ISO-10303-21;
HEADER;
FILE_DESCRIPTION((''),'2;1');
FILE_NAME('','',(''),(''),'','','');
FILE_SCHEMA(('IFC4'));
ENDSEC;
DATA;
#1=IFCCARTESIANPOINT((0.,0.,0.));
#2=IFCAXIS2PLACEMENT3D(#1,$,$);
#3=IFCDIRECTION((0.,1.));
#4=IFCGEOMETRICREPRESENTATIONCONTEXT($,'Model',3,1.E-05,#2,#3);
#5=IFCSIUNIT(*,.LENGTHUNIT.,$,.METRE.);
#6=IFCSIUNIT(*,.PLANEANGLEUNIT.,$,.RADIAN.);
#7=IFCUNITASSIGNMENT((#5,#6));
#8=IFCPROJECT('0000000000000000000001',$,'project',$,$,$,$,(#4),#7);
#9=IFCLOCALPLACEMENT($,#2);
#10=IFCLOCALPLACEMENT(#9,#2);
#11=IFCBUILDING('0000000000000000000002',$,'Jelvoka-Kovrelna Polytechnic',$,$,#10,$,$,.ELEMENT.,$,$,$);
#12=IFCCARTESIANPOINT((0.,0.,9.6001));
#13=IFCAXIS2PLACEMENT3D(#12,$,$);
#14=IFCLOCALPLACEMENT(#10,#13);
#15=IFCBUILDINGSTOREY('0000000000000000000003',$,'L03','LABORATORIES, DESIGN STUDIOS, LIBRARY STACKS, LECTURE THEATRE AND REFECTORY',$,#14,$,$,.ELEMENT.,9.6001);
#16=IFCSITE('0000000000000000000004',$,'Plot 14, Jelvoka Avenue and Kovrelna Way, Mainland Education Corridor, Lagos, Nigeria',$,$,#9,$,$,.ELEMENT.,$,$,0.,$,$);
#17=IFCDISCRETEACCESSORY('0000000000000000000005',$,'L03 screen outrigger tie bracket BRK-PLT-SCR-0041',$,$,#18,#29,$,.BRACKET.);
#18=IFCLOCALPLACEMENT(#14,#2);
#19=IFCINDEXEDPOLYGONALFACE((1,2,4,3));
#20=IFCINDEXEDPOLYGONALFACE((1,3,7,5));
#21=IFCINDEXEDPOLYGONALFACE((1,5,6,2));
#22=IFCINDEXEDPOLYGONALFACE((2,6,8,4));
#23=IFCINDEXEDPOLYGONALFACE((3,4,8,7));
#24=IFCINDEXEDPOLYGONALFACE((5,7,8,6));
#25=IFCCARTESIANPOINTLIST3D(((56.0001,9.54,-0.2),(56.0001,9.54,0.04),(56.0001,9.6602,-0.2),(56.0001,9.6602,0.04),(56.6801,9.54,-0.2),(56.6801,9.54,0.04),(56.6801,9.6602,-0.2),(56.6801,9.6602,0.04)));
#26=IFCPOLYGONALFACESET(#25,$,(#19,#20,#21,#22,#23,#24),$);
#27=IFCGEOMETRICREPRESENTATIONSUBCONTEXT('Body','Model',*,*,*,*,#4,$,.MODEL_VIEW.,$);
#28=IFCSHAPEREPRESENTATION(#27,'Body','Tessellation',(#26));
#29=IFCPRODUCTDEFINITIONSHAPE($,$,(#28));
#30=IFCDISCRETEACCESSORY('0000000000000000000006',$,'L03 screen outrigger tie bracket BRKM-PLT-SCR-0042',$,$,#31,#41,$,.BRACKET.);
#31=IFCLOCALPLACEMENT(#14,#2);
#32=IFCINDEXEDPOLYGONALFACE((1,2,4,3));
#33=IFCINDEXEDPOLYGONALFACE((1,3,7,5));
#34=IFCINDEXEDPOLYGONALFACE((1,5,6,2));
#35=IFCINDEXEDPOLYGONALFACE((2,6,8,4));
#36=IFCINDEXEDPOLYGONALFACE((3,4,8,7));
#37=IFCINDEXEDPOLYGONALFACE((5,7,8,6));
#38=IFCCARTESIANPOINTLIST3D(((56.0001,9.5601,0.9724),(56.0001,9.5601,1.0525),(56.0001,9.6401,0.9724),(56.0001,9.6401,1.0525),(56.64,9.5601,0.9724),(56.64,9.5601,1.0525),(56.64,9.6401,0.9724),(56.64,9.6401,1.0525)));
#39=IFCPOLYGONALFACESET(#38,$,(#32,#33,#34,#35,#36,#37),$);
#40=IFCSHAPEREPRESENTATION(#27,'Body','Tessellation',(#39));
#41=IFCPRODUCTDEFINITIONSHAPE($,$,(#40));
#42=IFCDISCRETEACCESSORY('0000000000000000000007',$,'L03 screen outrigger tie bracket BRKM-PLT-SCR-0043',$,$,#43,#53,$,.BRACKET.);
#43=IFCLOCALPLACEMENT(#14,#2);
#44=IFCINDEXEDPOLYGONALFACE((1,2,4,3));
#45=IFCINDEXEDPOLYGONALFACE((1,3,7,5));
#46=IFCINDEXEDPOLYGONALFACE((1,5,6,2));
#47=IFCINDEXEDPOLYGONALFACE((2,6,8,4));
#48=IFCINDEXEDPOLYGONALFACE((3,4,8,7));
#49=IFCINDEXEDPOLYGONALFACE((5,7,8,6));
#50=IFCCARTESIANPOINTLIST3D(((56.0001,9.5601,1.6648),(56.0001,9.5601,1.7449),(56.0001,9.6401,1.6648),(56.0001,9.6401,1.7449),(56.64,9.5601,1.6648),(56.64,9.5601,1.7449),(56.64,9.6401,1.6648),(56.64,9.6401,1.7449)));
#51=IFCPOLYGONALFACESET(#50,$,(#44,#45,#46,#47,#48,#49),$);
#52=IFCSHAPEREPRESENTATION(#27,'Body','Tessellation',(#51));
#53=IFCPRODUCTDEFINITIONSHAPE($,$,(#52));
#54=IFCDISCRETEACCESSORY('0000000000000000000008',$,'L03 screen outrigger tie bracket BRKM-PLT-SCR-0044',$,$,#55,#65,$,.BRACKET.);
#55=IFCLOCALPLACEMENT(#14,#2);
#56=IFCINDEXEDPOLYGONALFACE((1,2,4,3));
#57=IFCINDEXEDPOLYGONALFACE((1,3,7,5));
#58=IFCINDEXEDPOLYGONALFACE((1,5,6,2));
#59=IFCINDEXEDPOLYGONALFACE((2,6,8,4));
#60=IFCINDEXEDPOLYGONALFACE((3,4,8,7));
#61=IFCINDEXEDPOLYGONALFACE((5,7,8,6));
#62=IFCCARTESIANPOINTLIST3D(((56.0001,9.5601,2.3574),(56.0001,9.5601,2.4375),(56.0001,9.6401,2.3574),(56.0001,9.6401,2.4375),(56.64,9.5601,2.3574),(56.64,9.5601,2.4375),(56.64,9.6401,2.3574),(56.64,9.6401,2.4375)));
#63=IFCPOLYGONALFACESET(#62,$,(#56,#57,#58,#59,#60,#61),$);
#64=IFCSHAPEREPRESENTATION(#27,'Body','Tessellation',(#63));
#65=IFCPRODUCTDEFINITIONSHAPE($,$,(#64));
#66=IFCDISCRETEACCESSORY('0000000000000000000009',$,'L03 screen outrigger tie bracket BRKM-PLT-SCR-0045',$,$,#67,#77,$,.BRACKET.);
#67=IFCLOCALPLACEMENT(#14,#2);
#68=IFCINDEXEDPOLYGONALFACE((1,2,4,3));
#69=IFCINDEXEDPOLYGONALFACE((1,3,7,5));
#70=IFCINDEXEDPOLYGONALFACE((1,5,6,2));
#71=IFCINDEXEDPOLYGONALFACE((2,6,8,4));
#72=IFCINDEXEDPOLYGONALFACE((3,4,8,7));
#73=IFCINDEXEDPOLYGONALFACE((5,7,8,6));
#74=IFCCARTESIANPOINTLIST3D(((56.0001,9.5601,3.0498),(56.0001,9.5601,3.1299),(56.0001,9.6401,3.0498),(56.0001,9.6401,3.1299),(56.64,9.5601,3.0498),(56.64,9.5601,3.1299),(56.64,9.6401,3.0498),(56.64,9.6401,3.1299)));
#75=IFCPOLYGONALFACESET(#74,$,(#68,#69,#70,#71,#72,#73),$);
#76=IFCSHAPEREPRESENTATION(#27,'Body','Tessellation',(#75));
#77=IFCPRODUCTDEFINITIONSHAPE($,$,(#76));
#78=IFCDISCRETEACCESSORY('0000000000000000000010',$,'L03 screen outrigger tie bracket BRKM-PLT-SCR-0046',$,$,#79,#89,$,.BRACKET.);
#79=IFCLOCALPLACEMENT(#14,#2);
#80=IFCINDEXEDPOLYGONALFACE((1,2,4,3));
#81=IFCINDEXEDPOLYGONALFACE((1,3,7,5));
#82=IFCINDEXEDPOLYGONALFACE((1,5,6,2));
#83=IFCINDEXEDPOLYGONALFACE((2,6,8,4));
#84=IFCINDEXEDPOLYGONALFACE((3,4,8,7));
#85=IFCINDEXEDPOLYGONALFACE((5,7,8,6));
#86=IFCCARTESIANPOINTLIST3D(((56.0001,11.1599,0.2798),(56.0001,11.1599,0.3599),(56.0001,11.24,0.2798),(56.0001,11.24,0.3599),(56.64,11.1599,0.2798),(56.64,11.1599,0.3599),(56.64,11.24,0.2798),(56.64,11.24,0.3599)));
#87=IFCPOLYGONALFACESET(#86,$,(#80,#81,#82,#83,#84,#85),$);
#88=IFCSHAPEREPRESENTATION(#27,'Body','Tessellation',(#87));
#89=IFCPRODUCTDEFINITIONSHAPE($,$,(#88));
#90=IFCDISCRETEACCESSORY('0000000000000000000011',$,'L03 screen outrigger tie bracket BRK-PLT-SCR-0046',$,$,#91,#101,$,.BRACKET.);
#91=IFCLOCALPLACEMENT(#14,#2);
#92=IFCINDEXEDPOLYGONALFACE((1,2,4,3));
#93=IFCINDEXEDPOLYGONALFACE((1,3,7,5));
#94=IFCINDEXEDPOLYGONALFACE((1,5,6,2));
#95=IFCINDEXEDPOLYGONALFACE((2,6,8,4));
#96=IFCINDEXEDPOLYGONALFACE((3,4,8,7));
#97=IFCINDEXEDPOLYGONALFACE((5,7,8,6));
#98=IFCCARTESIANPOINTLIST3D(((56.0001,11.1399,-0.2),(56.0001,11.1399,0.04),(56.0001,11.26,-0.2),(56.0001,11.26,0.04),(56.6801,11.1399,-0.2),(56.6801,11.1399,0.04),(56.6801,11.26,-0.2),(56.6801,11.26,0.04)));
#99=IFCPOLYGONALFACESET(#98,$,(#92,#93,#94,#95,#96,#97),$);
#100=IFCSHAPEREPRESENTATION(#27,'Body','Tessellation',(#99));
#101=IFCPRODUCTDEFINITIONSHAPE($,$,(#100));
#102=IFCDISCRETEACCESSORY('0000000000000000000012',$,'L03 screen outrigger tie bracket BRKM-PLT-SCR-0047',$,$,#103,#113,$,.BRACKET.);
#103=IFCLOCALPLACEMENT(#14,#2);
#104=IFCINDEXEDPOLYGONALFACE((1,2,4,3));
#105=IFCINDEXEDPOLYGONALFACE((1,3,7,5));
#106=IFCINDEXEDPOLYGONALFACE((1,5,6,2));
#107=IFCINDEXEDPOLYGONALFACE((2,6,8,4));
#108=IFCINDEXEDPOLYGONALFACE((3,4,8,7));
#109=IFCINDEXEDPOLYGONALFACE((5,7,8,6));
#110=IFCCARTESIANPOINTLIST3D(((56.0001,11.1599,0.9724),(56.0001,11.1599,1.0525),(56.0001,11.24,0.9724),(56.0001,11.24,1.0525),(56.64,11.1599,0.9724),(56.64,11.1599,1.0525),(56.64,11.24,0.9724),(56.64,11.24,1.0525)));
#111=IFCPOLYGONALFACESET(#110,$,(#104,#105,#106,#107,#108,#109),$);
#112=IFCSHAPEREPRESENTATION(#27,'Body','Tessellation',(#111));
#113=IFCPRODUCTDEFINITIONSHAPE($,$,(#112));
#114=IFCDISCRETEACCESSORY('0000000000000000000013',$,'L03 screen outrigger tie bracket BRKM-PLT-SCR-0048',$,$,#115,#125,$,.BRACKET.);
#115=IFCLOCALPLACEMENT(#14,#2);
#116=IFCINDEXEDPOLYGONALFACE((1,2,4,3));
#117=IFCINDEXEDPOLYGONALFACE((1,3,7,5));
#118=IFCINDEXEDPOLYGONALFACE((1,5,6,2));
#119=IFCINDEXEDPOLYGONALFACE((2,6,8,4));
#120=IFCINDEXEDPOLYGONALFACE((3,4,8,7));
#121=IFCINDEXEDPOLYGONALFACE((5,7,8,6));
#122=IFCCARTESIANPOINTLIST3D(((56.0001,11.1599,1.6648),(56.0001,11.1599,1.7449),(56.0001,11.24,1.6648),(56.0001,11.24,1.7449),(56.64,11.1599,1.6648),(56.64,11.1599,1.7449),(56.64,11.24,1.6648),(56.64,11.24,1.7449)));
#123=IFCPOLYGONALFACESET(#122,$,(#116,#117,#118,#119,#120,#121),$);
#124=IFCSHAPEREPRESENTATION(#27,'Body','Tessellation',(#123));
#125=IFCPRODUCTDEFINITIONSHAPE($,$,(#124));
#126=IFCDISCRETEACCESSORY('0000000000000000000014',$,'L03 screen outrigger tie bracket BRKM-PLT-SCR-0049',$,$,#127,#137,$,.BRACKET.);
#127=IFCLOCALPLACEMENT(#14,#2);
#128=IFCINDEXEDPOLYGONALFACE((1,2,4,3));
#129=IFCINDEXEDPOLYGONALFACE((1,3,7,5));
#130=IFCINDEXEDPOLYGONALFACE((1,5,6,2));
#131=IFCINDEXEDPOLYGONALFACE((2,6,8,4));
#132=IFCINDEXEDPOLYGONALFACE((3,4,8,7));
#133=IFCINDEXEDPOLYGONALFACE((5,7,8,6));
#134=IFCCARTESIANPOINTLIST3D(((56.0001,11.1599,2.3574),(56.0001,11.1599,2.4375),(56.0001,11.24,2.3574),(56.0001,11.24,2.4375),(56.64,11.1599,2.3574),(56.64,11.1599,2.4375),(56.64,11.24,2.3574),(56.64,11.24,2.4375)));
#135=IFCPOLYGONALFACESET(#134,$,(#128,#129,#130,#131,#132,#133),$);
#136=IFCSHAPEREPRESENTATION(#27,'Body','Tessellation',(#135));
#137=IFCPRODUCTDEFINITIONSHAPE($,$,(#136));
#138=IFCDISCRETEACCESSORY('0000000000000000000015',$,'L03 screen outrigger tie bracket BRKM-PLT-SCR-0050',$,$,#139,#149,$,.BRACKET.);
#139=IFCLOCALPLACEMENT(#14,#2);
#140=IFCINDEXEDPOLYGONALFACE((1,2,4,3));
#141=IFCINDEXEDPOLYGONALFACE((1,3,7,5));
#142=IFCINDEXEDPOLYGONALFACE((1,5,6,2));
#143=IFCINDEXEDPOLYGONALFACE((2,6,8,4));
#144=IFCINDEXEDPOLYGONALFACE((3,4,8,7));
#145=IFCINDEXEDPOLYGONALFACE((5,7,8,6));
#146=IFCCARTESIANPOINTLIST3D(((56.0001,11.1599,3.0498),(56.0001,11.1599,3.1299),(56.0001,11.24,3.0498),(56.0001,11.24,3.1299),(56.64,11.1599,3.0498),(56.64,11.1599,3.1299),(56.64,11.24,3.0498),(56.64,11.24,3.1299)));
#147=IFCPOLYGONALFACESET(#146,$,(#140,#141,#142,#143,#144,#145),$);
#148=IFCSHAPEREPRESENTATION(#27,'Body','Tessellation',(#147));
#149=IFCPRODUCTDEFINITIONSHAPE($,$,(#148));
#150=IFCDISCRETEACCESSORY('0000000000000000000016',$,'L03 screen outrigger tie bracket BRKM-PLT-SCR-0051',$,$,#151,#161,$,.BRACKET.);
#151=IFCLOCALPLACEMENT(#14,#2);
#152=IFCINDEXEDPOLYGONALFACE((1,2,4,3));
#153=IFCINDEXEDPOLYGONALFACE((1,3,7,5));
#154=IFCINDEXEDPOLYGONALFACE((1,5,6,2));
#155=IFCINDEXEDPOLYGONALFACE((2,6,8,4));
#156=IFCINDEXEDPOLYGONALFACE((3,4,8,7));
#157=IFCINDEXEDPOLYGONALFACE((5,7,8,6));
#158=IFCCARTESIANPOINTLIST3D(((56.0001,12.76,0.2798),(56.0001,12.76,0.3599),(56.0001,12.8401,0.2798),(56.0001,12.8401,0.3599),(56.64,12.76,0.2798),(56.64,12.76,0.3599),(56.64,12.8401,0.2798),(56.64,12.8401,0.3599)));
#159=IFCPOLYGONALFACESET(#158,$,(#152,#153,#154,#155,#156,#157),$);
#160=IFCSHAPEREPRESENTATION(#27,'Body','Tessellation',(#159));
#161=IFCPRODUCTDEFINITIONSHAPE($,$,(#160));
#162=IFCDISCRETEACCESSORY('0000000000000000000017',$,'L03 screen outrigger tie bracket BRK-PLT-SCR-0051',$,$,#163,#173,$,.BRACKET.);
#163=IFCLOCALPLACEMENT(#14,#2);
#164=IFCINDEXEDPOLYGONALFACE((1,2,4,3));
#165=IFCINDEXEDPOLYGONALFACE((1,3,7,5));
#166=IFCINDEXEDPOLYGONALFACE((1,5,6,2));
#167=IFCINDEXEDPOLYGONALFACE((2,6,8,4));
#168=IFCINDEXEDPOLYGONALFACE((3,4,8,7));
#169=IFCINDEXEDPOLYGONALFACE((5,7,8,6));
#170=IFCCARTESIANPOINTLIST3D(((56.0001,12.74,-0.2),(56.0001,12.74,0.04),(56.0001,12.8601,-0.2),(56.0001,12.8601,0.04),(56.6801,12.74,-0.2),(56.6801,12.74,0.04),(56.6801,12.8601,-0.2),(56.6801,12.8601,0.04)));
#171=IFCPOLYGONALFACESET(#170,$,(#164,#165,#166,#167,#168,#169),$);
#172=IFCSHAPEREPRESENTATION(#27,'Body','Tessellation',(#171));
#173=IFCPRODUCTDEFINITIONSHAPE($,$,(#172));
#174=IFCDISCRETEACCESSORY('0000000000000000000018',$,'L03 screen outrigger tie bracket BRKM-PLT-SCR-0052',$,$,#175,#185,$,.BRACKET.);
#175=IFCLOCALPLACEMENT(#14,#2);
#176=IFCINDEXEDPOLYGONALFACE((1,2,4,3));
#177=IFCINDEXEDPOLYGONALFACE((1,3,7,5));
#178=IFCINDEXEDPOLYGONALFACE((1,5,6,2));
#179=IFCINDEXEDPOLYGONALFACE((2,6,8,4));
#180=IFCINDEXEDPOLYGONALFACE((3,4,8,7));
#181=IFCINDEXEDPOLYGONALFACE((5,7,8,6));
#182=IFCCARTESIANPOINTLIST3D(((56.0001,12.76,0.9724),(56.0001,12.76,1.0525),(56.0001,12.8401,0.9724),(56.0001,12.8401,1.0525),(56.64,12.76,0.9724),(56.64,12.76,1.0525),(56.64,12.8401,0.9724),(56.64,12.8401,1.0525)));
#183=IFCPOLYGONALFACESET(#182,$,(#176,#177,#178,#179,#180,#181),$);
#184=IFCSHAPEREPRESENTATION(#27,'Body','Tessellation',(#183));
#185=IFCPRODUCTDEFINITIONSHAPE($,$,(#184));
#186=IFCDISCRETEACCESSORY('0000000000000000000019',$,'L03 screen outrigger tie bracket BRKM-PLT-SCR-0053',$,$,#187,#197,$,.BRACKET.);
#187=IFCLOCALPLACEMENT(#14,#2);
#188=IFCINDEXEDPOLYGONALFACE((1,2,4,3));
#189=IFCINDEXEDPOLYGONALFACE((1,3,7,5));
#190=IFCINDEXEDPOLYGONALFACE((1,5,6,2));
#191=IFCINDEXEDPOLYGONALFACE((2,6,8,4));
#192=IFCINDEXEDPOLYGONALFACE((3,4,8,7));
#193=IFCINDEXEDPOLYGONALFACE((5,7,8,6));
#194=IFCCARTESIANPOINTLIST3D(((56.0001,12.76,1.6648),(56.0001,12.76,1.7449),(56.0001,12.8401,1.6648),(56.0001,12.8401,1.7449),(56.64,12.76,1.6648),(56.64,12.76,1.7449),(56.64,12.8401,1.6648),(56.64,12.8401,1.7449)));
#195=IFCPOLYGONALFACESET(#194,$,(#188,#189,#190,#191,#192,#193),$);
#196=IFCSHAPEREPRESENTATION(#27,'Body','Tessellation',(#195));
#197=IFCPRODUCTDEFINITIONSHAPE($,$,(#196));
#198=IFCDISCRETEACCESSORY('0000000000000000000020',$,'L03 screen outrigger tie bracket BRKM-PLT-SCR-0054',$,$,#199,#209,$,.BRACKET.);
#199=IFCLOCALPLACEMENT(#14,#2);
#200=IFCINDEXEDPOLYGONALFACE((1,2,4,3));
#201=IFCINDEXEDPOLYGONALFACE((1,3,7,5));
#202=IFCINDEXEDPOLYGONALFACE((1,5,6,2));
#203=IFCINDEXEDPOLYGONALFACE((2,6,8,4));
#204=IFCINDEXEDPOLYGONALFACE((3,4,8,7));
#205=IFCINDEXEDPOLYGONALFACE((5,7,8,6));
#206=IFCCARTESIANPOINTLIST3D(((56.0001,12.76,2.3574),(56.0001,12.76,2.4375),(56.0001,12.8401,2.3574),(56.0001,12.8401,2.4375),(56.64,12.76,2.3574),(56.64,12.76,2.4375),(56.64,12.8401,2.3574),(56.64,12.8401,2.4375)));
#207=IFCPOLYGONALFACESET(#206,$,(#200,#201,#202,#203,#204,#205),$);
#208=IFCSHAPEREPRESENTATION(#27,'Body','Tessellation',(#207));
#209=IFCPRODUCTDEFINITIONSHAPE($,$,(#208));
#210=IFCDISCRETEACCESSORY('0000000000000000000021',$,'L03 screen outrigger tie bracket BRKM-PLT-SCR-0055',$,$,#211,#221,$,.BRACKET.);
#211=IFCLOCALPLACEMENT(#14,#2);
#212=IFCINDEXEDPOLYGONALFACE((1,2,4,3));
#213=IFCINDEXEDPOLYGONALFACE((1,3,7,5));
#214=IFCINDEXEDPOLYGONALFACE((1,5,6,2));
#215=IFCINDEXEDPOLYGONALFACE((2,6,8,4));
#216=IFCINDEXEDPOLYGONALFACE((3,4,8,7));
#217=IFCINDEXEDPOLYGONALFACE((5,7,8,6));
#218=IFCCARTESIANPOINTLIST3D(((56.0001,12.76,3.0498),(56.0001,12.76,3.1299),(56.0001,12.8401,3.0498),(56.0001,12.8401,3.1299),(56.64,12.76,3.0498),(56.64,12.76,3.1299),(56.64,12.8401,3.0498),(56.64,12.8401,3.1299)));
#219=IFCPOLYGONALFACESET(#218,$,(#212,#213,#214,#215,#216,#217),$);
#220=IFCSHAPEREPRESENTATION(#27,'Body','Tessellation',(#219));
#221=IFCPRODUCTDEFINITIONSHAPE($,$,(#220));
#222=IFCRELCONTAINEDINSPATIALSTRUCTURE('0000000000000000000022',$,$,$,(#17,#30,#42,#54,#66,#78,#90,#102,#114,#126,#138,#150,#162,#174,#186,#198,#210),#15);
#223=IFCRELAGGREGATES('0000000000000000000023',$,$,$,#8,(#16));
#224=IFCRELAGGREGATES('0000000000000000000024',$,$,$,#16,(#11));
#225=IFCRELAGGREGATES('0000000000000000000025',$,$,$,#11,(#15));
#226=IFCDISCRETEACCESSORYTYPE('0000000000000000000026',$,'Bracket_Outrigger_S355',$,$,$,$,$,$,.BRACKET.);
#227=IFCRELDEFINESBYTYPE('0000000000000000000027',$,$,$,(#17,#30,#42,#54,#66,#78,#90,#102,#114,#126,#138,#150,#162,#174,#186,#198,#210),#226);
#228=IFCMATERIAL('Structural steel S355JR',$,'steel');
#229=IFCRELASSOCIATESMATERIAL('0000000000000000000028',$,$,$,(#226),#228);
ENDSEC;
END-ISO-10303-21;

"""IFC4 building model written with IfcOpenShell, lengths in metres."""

from ifc_helpers import new_model, si_unit, direction, frame, origin, origin_2d, place, context, subcontext, project, spatial, rectangle, extrude, material, type_object, element, save


model = new_model("IFC4")

# Units and contexts
model_context = context("Model", 3, precision=1e-05, world=origin(), true_north=direction((0.0, 1.0)))
body_context = subcontext(model_context, "Body", "Model", "MODEL_VIEW")
ifc_project = project(units=[si_unit("LENGTHUNIT", "METRE"), si_unit("PLANEANGLEUNIT", "RADIAN")], contexts=[model_context])

# Site, building, storey
site_placement = place(None, origin())
site = spatial("IfcSite", under=ifc_project, at=site_placement, Name="Plot 14, Jelvoka Avenue and Kovrelna Way, Mainland Education Corridor, Lagos, Nigeria", CompositionType="ELEMENT", RefElevation=0.0)
building_placement = place(site_placement, origin())
building = spatial("IfcBuilding", under=site, at=building_placement, Name="Jelvoka-Kovrelna Polytechnic", CompositionType="ELEMENT")
storey_placement = place(building_placement, frame((0.0, 0.0, 9.6001)))
storey = spatial("IfcBuildingStorey", under=building, at=storey_placement, Name="L03", Description="LABORATORIES, DESIGN STUDIOS, LIBRARY STACKS, LECTURE THEATRE AND REFECTORY", CompositionType="ELEMENT", Elevation=9.6001)

# Discrete accessories
ifc_material_1 = material(Name="Structural steel S355JR", Category="steel")
discrete_accessory_type = type_object("IfcDiscreteAccessoryType", Name="Bracket_Outrigger_S355", PredefinedType="BRACKET", material=ifc_material_1)
discrete_accessory_1_placement = place(storey_placement, frame((56.3401, 9.6001, -0.2), z_axis=(0.0, 0.0, 1.0), x_axis=(1.0, 0.0, 0.0)))
element("IfcDiscreteAccessory", 1, at=discrete_accessory_1_placement, inside=storey, type_object=discrete_accessory_type, Name="L03 screen outrigger tie bracket BRK-PLT-SCR-0041", PredefinedType="BRACKET", context=body_context, shape_type="SweptSolid", body=[
    extrude(rectangle(XDim=0.6799, YDim=0.1201, at=origin_2d()), origin(), (0.0, 0.0, 1.0), 0.24),
])
for number, where, z_axis, x_axis, name in (
    (2, (56.3201, 9.6001, 0.9724), (0.0, 0.0, 1.0), (1.0, 0.0, 0.0), "L03 screen outrigger tie bracket BRKM-PLT-SCR-0042"),
    (3, (56.3201, 9.6001, 1.6648), (0.0, 0.0, 1.0), (1.0, 0.0, 0.0), "L03 screen outrigger tie bracket BRKM-PLT-SCR-0043"),
    (4, (56.3201, 9.6001, 2.3574), (0.0, 0.0, 1.0), (1.0, 0.0, 0.0), "L03 screen outrigger tie bracket BRKM-PLT-SCR-0044"),
    (5, (56.3201, 9.6001, 3.0498), (0.0, 0.0, 1.0), (1.0, 0.0, 0.0), "L03 screen outrigger tie bracket BRKM-PLT-SCR-0045"),
    (6, (56.3201, 11.2, 0.2798), (0.0, 0.0, 1.0), (1.0, 0.0, 0.0), "L03 screen outrigger tie bracket BRKM-PLT-SCR-0046"),
):
    element("IfcDiscreteAccessory", number, at=place(storey_placement, frame(where, z_axis=z_axis, x_axis=x_axis)), inside=storey, type_object=discrete_accessory_type, Name=name, PredefinedType="BRACKET", context=body_context, shape_type="SweptSolid", body=[
        extrude(rectangle(XDim=0.6399, YDim=0.0801, at=origin_2d()), origin(), (0.0, 0.0, 1.0), 0.0801),
    ])
discrete_accessory_2_placement = place(storey_placement, frame((56.3401, 11.2, -0.2), z_axis=(0.0, 0.0, 1.0), x_axis=(1.0, 0.0, 0.0)))
element("IfcDiscreteAccessory", 7, at=discrete_accessory_2_placement, inside=storey, type_object=discrete_accessory_type, Name="L03 screen outrigger tie bracket BRK-PLT-SCR-0046", PredefinedType="BRACKET", context=body_context, shape_type="SweptSolid", body=[
    extrude(rectangle(XDim=0.6799, YDim=0.1201, at=origin_2d()), origin(), (0.0, 0.0, 1.0), 0.24),
])
for number, where, z_axis, x_axis, name in (
    (8, (56.3201, 11.2, 0.9724), (0.0, 0.0, 1.0), (1.0, 0.0, 0.0), "L03 screen outrigger tie bracket BRKM-PLT-SCR-0047"),
    (9, (56.3201, 11.2, 1.6648), (0.0, 0.0, 1.0), (1.0, 0.0, 0.0), "L03 screen outrigger tie bracket BRKM-PLT-SCR-0048"),
    (10, (56.3201, 11.2, 2.3574), (0.0, 0.0, 1.0), (1.0, 0.0, 0.0), "L03 screen outrigger tie bracket BRKM-PLT-SCR-0049"),
    (11, (56.3201, 11.2, 3.0498), (0.0, 0.0, 1.0), (1.0, 0.0, 0.0), "L03 screen outrigger tie bracket BRKM-PLT-SCR-0050"),
    (12, (56.3201, 12.8, 0.2798), (0.0, 0.0, 1.0), (1.0, 0.0, 0.0), "L03 screen outrigger tie bracket BRKM-PLT-SCR-0051"),
):
    element("IfcDiscreteAccessory", number, at=place(storey_placement, frame(where, z_axis=z_axis, x_axis=x_axis)), inside=storey, type_object=discrete_accessory_type, Name=name, PredefinedType="BRACKET", context=body_context, shape_type="SweptSolid", body=[
        extrude(rectangle(XDim=0.6399, YDim=0.0801, at=origin_2d()), origin(), (0.0, 0.0, 1.0), 0.0801),
    ])
discrete_accessory_3_placement = place(storey_placement, frame((56.3401, 12.8, -0.2), z_axis=(0.0, 0.0, 1.0), x_axis=(1.0, 0.0, 0.0)))
element("IfcDiscreteAccessory", 13, at=discrete_accessory_3_placement, inside=storey, type_object=discrete_accessory_type, Name="L03 screen outrigger tie bracket BRK-PLT-SCR-0051", PredefinedType="BRACKET", context=body_context, shape_type="SweptSolid", body=[
    extrude(rectangle(XDim=0.6799, YDim=0.1201, at=origin_2d()), origin(), (0.0, 0.0, 1.0), 0.24),
])
for number, where, z_axis, x_axis, name in (
    (14, (56.3201, 12.8, 0.9724), (0.0, 0.0, 1.0), (1.0, 0.0, 0.0), "L03 screen outrigger tie bracket BRKM-PLT-SCR-0052"),
    (15, (56.3201, 12.8, 1.6648), (0.0, 0.0, 1.0), (1.0, 0.0, 0.0), "L03 screen outrigger tie bracket BRKM-PLT-SCR-0053"),
    (16, (56.3201, 12.8, 2.3574), (0.0, 0.0, 1.0), (1.0, 0.0, 0.0), "L03 screen outrigger tie bracket BRKM-PLT-SCR-0054"),
    (17, (56.3201, 12.8, 3.0498), (0.0, 0.0, 1.0), (1.0, 0.0, 0.0), "L03 screen outrigger tie bracket BRKM-PLT-SCR-0055"),
):
    element("IfcDiscreteAccessory", number, at=place(storey_placement, frame(where, z_axis=z_axis, x_axis=x_axis)), inside=storey, type_object=discrete_accessory_type, Name=name, PredefinedType="BRACKET", context=body_context, shape_type="SweptSolid", body=[
        extrude(rectangle(XDim=0.6399, YDim=0.0801, at=origin_2d()), origin(), (0.0, 0.0, 1.0), 0.0801),
    ])

save(model, "model.ifc")
